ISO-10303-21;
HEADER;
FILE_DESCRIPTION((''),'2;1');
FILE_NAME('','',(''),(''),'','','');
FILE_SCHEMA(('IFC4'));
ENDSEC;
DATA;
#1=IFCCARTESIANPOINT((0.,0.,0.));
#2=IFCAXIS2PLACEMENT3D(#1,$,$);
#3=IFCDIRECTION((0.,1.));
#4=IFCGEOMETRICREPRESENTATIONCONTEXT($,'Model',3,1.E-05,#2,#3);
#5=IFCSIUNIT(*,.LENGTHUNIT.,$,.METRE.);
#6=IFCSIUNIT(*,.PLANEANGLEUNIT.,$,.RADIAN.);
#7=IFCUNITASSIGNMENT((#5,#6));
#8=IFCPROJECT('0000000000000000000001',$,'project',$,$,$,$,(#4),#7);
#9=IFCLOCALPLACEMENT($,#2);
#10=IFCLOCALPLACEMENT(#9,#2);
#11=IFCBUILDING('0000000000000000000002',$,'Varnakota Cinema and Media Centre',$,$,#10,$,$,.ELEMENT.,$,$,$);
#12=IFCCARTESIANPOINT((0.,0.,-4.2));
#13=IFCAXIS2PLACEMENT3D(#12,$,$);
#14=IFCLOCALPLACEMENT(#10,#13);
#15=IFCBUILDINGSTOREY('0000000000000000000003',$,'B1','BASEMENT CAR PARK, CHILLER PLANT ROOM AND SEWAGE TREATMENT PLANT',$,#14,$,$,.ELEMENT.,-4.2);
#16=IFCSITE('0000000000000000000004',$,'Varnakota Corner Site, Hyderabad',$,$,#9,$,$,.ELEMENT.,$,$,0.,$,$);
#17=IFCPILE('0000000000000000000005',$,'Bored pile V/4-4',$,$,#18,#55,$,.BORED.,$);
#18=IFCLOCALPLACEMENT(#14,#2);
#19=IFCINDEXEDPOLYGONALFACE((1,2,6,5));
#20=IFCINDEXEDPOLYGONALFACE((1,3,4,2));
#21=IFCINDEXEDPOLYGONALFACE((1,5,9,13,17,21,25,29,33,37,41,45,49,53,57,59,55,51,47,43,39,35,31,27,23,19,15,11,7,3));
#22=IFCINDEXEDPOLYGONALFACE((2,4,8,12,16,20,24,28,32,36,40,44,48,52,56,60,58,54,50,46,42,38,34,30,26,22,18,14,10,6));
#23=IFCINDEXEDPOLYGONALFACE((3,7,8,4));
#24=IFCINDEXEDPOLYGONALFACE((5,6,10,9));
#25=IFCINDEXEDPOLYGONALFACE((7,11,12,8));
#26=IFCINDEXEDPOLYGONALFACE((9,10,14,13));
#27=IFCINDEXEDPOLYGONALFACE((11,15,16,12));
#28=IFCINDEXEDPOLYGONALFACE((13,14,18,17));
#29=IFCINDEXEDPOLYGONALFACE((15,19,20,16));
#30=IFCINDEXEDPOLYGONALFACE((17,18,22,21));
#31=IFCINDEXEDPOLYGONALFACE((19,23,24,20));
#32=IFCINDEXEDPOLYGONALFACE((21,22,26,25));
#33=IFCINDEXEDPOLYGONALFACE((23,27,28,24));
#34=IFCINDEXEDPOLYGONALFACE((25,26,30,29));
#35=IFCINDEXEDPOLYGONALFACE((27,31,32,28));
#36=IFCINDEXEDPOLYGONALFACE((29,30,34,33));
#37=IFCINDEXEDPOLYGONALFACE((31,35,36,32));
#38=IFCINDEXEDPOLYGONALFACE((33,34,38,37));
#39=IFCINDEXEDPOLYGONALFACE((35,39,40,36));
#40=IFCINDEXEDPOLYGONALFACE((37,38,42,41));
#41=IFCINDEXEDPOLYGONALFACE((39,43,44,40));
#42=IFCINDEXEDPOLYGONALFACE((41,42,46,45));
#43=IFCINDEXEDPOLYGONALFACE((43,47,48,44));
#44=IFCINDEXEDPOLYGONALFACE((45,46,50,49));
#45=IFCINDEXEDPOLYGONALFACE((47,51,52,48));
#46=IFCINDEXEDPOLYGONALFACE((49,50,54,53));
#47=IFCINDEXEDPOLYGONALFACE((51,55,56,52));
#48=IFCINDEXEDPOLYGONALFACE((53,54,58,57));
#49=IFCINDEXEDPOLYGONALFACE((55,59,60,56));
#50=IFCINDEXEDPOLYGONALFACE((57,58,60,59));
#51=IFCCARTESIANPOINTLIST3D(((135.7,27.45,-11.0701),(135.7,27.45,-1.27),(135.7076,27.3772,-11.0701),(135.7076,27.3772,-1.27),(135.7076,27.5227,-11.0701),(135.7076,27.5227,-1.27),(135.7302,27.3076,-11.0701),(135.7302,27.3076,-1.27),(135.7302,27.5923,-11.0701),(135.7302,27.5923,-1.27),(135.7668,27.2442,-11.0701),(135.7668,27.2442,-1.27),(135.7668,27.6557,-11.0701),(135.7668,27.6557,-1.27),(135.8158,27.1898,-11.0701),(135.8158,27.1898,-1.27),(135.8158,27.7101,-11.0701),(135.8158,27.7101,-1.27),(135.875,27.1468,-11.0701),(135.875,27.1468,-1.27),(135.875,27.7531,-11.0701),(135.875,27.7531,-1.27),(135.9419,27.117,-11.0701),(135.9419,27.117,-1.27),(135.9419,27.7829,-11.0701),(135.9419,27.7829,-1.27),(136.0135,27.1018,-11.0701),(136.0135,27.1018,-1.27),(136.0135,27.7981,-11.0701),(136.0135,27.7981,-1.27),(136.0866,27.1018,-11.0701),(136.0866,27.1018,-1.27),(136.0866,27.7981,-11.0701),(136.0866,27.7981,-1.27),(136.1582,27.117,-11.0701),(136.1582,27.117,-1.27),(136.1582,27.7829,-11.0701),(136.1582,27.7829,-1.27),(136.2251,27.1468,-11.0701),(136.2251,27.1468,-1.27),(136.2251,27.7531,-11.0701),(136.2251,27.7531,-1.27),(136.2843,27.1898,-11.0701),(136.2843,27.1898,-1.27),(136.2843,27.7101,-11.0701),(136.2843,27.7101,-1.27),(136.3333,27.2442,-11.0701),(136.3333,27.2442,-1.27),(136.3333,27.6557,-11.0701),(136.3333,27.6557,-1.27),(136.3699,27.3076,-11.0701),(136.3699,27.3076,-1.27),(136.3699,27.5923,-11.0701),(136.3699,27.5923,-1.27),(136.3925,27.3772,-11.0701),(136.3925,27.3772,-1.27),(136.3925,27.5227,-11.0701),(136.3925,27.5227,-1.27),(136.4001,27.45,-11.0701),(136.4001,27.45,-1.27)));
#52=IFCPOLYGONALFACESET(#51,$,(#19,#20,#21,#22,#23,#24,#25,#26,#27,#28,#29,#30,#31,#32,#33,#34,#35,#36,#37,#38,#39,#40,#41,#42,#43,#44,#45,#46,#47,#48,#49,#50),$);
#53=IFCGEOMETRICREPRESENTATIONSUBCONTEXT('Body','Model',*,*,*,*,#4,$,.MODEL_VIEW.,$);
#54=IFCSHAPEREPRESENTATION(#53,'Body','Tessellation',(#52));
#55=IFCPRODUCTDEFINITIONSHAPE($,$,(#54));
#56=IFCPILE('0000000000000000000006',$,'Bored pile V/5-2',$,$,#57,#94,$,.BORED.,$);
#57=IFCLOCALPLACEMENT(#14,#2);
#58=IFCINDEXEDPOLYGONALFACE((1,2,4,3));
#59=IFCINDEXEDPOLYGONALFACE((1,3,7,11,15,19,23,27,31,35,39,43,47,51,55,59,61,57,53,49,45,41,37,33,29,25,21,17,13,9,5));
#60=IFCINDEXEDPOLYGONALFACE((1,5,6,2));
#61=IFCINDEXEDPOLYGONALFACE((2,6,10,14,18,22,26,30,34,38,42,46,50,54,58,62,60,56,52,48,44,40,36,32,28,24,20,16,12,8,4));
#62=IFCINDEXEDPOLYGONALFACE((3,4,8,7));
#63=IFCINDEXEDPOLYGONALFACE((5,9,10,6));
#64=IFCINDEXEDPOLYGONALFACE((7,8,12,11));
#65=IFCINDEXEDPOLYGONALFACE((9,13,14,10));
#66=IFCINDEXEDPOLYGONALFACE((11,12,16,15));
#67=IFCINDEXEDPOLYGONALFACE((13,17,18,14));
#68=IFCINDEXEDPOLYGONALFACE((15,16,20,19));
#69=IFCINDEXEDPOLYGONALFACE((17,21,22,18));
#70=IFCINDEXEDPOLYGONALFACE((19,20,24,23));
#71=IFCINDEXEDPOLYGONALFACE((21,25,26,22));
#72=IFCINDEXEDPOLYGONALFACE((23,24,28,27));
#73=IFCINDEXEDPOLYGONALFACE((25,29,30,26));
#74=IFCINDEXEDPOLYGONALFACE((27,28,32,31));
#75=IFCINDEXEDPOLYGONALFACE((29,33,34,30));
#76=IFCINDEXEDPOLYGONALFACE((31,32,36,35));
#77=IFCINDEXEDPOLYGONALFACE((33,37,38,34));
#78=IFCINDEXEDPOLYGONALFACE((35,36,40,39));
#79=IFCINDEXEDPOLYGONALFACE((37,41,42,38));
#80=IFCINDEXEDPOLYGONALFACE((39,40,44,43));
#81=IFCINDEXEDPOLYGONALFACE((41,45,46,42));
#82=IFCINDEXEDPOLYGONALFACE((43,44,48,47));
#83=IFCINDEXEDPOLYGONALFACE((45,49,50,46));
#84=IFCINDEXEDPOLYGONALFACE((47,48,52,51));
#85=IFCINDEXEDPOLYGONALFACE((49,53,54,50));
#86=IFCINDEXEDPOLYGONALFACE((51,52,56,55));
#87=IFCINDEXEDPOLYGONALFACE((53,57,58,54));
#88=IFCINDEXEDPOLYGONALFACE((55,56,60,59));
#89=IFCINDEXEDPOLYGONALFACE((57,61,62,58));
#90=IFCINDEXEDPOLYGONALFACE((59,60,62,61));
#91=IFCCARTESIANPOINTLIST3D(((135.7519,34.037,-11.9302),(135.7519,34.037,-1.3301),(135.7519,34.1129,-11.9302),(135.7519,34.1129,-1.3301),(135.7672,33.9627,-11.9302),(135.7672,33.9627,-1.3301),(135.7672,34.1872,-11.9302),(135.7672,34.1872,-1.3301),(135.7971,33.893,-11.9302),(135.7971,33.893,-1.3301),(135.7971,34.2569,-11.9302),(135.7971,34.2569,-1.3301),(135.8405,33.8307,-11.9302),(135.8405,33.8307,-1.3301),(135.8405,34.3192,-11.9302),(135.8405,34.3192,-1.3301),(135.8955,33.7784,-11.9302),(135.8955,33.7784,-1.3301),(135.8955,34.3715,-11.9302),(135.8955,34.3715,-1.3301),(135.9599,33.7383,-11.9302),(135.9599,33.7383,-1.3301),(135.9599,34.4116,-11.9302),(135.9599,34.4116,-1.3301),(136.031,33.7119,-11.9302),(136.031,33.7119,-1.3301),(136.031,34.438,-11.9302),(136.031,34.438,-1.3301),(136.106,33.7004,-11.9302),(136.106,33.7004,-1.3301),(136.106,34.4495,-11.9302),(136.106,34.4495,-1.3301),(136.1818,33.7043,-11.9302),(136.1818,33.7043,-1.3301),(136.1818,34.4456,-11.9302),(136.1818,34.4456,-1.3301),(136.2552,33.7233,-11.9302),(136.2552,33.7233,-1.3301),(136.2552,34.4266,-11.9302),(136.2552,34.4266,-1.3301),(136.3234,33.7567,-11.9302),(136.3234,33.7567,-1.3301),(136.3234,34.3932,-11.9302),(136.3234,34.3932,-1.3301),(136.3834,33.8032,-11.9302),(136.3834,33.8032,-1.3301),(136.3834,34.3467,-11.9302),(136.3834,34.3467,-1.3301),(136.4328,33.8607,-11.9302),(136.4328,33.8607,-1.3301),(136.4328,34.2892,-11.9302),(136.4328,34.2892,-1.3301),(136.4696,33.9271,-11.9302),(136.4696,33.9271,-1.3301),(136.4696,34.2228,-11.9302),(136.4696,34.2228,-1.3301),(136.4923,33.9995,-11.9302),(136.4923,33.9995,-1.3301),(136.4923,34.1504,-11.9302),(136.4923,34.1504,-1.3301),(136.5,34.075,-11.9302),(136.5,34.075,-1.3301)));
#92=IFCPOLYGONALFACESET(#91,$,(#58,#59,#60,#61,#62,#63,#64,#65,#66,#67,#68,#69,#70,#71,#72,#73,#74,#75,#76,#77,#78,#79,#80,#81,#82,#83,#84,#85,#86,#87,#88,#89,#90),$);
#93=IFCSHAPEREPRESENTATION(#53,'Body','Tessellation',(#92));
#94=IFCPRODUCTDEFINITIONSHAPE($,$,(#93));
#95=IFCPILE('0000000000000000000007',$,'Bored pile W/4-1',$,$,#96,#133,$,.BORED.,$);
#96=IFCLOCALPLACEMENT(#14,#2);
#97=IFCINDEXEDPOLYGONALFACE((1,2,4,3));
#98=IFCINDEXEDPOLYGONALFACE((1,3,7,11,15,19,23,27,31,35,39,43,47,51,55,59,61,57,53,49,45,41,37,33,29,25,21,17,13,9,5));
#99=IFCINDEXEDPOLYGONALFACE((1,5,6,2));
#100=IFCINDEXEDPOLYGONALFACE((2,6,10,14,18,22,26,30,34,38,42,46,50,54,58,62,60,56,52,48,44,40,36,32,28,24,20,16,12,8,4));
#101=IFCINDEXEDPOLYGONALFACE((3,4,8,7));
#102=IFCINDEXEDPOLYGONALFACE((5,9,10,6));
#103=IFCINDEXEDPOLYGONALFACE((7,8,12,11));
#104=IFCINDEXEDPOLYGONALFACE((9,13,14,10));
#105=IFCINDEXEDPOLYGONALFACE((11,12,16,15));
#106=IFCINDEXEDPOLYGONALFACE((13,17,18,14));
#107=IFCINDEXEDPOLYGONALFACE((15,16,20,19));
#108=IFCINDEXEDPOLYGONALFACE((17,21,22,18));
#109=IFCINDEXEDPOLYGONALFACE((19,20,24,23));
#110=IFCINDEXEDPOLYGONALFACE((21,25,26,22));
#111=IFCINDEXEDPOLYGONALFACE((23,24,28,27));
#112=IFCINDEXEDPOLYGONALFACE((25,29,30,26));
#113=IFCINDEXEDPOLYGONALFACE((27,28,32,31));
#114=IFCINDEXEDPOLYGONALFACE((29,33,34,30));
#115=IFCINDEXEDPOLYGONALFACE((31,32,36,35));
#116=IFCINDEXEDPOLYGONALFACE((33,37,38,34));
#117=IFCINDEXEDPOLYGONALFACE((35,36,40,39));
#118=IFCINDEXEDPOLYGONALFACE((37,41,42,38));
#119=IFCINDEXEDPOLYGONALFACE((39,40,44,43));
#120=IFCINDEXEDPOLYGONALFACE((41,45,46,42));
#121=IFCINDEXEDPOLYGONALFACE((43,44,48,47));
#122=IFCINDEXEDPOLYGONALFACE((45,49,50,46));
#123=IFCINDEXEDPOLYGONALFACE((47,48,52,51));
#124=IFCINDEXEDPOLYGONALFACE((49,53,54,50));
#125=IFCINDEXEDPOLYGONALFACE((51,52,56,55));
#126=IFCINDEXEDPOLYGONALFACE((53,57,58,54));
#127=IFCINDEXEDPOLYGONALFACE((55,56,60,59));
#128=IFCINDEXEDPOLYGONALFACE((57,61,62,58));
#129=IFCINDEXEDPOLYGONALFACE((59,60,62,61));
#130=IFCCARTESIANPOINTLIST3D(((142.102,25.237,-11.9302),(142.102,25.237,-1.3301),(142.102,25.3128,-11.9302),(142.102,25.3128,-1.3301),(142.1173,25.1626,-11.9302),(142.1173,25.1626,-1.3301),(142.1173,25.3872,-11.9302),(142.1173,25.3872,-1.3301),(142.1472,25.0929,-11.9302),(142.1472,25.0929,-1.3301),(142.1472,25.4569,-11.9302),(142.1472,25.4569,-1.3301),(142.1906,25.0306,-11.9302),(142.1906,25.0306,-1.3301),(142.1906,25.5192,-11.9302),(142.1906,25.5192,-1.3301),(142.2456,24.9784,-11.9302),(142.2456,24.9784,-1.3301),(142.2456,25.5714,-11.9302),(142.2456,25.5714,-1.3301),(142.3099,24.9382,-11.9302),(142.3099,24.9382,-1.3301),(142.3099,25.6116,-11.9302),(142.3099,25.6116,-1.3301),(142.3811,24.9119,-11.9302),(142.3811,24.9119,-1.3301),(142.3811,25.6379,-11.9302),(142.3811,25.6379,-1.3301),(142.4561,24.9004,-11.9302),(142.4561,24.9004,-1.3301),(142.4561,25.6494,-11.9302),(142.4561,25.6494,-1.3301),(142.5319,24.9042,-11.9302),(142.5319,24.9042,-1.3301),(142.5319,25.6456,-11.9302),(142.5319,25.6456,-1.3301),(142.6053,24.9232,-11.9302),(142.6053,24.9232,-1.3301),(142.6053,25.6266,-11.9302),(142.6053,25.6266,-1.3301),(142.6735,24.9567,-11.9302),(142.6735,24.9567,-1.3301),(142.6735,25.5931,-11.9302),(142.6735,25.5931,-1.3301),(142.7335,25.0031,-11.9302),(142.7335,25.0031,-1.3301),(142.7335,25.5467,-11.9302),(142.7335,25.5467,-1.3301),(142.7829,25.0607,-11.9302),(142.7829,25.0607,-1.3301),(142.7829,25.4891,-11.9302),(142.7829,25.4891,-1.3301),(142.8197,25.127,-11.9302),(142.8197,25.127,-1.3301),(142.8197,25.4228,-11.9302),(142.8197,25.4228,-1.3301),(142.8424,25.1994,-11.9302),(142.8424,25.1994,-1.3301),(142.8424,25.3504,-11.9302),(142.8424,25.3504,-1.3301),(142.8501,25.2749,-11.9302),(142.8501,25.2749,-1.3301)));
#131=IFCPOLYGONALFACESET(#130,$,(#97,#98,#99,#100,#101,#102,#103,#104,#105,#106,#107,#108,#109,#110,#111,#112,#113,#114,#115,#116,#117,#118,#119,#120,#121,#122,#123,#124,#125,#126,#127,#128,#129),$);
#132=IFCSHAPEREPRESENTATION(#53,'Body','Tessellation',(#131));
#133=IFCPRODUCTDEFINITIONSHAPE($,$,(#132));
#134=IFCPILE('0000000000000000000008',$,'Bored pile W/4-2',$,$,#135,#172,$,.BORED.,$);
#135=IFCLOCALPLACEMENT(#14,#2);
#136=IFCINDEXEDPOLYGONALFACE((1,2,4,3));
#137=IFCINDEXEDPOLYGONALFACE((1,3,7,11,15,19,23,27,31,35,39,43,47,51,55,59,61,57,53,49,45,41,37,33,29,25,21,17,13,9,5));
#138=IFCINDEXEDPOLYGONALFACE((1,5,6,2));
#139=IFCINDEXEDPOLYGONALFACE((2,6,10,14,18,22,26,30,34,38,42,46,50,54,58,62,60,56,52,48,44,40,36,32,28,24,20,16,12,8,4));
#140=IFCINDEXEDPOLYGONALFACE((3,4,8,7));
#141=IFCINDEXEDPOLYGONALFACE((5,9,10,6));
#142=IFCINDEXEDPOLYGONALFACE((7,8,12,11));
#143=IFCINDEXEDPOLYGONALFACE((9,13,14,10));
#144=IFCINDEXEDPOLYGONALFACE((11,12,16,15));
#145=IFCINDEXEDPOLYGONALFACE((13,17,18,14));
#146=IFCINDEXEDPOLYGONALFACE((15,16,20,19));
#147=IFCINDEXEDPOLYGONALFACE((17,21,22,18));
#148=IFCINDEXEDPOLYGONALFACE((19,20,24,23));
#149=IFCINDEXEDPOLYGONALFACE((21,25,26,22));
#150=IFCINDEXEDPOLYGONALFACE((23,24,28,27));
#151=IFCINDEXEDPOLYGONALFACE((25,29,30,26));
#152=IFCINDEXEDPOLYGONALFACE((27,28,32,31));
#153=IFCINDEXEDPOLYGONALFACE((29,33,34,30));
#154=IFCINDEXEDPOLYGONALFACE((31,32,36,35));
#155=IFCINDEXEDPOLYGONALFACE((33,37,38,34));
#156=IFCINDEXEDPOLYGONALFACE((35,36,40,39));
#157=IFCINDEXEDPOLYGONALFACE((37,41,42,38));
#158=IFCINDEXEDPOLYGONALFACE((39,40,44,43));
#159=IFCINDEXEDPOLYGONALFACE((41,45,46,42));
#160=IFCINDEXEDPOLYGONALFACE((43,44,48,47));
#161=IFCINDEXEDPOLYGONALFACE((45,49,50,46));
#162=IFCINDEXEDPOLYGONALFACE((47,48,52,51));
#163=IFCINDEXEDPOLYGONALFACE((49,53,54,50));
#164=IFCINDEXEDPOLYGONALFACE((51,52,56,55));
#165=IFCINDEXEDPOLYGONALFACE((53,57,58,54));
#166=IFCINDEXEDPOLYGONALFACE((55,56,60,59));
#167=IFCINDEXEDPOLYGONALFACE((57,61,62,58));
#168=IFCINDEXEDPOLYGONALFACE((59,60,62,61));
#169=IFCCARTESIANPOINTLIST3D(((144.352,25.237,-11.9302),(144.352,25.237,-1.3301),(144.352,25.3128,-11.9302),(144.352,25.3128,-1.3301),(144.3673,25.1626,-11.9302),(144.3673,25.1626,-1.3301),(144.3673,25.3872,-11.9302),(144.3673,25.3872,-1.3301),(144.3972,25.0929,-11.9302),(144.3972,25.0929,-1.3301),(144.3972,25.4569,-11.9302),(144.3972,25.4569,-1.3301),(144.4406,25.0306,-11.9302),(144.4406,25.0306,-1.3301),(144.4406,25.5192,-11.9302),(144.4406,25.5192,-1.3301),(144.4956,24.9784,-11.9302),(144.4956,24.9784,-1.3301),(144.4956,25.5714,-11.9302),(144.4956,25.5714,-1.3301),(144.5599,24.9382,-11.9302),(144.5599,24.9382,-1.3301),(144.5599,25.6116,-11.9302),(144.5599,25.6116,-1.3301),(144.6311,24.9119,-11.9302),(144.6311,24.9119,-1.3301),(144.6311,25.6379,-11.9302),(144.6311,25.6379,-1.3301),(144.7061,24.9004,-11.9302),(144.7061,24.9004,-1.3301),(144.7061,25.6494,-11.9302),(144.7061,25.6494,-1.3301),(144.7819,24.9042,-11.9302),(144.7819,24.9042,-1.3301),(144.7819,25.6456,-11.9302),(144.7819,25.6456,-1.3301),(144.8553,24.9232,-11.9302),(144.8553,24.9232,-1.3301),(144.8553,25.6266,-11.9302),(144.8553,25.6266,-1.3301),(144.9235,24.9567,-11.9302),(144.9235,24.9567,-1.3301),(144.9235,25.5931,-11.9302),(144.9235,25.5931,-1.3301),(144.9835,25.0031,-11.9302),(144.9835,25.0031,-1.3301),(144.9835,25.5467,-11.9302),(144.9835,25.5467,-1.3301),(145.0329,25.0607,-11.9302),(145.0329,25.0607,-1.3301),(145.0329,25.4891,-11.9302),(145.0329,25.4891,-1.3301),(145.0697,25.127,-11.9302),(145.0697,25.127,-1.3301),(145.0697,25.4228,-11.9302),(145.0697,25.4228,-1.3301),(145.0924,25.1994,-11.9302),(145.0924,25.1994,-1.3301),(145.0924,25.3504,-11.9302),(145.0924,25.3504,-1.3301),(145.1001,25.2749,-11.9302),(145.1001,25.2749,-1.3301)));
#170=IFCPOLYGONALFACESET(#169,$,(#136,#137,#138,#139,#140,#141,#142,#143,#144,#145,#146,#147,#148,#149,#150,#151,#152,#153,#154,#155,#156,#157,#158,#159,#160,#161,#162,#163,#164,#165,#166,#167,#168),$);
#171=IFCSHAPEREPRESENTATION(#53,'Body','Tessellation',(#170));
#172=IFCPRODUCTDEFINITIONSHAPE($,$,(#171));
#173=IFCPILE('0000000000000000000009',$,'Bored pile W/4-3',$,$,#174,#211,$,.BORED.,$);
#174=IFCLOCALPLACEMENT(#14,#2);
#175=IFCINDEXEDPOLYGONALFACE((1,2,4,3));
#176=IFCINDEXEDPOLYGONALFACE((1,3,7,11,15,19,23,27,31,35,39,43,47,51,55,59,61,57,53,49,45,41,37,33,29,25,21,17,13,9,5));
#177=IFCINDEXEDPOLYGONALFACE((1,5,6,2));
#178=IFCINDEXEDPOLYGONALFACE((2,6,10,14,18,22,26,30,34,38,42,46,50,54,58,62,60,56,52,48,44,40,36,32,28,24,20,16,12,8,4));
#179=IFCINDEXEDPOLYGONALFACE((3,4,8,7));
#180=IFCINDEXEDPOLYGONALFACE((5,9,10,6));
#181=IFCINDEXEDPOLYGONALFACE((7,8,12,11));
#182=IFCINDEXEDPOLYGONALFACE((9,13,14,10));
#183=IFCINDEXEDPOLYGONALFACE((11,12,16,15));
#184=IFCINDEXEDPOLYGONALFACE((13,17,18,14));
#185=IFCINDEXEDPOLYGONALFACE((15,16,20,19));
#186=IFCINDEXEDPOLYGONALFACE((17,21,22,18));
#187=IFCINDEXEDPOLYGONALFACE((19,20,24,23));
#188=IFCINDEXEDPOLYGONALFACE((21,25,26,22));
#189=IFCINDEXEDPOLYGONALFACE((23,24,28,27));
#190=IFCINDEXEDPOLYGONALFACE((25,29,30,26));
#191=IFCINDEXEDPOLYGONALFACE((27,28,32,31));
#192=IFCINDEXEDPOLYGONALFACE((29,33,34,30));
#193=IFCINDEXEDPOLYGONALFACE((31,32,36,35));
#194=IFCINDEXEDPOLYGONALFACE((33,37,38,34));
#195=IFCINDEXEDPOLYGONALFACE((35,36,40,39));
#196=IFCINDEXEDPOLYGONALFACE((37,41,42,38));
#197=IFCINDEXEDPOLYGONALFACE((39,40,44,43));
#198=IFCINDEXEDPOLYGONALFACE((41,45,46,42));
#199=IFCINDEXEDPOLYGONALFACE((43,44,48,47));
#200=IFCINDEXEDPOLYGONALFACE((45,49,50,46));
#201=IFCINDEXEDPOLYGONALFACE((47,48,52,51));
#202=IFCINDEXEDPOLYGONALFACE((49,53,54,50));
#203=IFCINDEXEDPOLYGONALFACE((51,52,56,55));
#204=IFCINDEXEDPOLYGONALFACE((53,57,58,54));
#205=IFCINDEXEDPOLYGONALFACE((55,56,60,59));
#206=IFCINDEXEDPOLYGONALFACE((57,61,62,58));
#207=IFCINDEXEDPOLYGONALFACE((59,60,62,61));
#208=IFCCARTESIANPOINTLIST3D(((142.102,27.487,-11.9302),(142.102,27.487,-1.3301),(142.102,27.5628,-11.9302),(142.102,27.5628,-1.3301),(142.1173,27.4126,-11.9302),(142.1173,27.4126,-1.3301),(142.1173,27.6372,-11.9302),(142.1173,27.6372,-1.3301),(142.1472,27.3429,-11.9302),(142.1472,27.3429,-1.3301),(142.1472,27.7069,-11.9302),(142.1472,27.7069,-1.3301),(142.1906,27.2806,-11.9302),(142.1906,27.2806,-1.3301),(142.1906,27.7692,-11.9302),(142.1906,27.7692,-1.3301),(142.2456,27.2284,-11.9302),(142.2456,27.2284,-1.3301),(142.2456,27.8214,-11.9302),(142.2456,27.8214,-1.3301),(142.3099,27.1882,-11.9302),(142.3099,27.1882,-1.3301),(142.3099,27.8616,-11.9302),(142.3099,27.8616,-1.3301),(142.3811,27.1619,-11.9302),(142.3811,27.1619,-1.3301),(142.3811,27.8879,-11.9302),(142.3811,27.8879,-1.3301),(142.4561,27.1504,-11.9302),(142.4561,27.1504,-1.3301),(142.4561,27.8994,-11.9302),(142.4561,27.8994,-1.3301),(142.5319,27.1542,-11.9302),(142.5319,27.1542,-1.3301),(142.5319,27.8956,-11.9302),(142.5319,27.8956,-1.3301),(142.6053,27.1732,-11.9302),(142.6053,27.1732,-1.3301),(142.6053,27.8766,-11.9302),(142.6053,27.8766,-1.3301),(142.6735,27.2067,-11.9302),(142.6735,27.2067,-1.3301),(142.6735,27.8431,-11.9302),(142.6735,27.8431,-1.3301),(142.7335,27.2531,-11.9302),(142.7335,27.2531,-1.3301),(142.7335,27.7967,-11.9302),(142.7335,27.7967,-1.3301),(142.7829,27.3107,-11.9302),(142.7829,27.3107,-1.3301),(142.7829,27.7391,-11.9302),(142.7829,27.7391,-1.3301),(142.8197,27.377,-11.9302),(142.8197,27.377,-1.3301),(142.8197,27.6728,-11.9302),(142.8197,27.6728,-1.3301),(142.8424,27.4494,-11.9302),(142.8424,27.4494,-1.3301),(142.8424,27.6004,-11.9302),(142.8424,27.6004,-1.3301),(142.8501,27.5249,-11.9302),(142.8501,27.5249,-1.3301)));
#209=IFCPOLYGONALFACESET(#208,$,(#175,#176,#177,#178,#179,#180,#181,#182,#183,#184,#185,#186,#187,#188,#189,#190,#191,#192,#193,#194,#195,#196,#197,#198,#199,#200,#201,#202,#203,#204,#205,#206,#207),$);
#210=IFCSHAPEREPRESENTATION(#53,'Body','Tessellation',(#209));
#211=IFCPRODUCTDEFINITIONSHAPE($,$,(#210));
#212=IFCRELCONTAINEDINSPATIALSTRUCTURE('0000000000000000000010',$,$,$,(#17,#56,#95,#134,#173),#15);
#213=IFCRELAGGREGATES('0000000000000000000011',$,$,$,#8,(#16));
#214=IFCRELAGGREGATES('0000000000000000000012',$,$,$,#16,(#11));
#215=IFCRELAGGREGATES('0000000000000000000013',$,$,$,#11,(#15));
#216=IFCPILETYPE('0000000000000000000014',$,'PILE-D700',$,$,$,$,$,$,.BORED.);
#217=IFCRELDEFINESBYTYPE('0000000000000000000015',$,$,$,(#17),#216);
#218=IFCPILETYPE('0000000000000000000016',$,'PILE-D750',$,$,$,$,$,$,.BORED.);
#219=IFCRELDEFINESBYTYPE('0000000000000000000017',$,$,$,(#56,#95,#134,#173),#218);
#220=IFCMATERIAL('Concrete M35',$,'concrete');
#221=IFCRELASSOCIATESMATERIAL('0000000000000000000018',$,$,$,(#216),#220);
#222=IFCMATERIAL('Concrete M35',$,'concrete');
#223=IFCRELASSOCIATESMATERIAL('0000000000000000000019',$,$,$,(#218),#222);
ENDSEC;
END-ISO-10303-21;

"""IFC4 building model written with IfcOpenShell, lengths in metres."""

from ifc_helpers import new_model, si_unit, direction, frame, origin, origin_2d, place, context, subcontext, project, spatial, circle, extrude, material, material_profile, profile_set, type_object, element, save


model = new_model("IFC4")

# Units and contexts
model_context = context("Model", 3, precision=1e-05, world=origin(), true_north=direction((0.0, 1.0)))
body_context = subcontext(model_context, "Body", "Model", "MODEL_VIEW")
ifc_project = project(units=[si_unit("LENGTHUNIT", "METRE"), si_unit("PLANEANGLEUNIT", "RADIAN")], contexts=[model_context])

# Site, building, storey
site_placement = place(None, origin())
site = spatial("IfcSite", under=ifc_project, at=site_placement, Name="Varnakota Corner Site, Hyderabad", CompositionType="ELEMENT", RefElevation=0.0)
building_placement = place(site_placement, origin())
building = spatial("IfcBuilding", under=site, at=building_placement, Name="Varnakota Cinema and Media Centre", CompositionType="ELEMENT")
storey_placement = place(building_placement, frame((0.0, 0.0, -4.2)))
storey = spatial("IfcBuildingStorey", under=building, at=storey_placement, Name="B1", Description="BASEMENT CAR PARK, CHILLER PLANT ROOM AND SEWAGE TREATMENT PLANT", CompositionType="ELEMENT", Elevation=-4.2)

# Piles
ifc_material_1 = material(Name="Concrete M35", Category="concrete")
ifc_material_profile_1 = material_profile(ifc_material_1, circle(Radius=0.3501, at=origin_2d()), Name="PILE D700")
ifc_profile_set_1 = profile_set([ifc_material_profile_1], Name="Concrete M35")
pile_type_1 = type_object("IfcPileType", Name="PILE-D700", PredefinedType="BORED", material=ifc_profile_set_1)
for number, where, z_axis, x_axis, name in (
    (1, (136.05, 27.45, -1.27), (0.0, 0.0, -1.0), (1.0, 0.0, 0.0), "Bored pile V/4-4"),
):
    element("IfcPile", number, at=place(storey_placement, frame(where, z_axis=z_axis, x_axis=x_axis)), inside=storey, type_object=pile_type_1, Name=name, PredefinedType="BORED", context=body_context, shape_type="SweptSolid", body=[
        extrude(circle(Radius=0.3501, at=origin_2d()), origin(), (0.0, 0.0, 1.0), 9.8),
    ])
ifc_material_2 = material(Name="Concrete M35", Category="concrete")
ifc_material_profile_2 = material_profile(ifc_material_2, circle(Radius=0.375, at=origin_2d()), Name="PILE D750")
ifc_profile_set_2 = profile_set([ifc_material_profile_2], Name="Concrete M35")
pile_type_2 = type_object("IfcPileType", Name="PILE-D750", PredefinedType="BORED", material=ifc_profile_set_2)
for number, where, z_axis, x_axis, name in (
    (2, (136.125, 34.075, -1.3301), (0.0, 0.0, -1.0), (1.0, 0.0, 0.0), "Bored pile V/5-2"),
    (3, (142.4751, 25.2749, -1.3301), (0.0, 0.0, -1.0), (1.0, 0.0, 0.0), "Bored pile W/4-1"),
    (4, (144.7251, 25.2749, -1.3301), (0.0, 0.0, -1.0), (1.0, 0.0, 0.0), "Bored pile W/4-2"),
    (5, (142.4751, 27.5249, -1.3301), (0.0, 0.0, -1.0), (1.0, 0.0, 0.0), "Bored pile W/4-3"),
):
    element("IfcPile", number, at=place(storey_placement, frame(where, z_axis=z_axis, x_axis=x_axis)), inside=storey, type_object=pile_type_2, Name=name, PredefinedType="BORED", context=body_context, shape_type="SweptSolid", body=[
        extrude(circle(Radius=0.375, at=origin_2d()), origin(), (0.0, 0.0, 1.0), 10.6001),
    ])

save(model, "model.ifc")
